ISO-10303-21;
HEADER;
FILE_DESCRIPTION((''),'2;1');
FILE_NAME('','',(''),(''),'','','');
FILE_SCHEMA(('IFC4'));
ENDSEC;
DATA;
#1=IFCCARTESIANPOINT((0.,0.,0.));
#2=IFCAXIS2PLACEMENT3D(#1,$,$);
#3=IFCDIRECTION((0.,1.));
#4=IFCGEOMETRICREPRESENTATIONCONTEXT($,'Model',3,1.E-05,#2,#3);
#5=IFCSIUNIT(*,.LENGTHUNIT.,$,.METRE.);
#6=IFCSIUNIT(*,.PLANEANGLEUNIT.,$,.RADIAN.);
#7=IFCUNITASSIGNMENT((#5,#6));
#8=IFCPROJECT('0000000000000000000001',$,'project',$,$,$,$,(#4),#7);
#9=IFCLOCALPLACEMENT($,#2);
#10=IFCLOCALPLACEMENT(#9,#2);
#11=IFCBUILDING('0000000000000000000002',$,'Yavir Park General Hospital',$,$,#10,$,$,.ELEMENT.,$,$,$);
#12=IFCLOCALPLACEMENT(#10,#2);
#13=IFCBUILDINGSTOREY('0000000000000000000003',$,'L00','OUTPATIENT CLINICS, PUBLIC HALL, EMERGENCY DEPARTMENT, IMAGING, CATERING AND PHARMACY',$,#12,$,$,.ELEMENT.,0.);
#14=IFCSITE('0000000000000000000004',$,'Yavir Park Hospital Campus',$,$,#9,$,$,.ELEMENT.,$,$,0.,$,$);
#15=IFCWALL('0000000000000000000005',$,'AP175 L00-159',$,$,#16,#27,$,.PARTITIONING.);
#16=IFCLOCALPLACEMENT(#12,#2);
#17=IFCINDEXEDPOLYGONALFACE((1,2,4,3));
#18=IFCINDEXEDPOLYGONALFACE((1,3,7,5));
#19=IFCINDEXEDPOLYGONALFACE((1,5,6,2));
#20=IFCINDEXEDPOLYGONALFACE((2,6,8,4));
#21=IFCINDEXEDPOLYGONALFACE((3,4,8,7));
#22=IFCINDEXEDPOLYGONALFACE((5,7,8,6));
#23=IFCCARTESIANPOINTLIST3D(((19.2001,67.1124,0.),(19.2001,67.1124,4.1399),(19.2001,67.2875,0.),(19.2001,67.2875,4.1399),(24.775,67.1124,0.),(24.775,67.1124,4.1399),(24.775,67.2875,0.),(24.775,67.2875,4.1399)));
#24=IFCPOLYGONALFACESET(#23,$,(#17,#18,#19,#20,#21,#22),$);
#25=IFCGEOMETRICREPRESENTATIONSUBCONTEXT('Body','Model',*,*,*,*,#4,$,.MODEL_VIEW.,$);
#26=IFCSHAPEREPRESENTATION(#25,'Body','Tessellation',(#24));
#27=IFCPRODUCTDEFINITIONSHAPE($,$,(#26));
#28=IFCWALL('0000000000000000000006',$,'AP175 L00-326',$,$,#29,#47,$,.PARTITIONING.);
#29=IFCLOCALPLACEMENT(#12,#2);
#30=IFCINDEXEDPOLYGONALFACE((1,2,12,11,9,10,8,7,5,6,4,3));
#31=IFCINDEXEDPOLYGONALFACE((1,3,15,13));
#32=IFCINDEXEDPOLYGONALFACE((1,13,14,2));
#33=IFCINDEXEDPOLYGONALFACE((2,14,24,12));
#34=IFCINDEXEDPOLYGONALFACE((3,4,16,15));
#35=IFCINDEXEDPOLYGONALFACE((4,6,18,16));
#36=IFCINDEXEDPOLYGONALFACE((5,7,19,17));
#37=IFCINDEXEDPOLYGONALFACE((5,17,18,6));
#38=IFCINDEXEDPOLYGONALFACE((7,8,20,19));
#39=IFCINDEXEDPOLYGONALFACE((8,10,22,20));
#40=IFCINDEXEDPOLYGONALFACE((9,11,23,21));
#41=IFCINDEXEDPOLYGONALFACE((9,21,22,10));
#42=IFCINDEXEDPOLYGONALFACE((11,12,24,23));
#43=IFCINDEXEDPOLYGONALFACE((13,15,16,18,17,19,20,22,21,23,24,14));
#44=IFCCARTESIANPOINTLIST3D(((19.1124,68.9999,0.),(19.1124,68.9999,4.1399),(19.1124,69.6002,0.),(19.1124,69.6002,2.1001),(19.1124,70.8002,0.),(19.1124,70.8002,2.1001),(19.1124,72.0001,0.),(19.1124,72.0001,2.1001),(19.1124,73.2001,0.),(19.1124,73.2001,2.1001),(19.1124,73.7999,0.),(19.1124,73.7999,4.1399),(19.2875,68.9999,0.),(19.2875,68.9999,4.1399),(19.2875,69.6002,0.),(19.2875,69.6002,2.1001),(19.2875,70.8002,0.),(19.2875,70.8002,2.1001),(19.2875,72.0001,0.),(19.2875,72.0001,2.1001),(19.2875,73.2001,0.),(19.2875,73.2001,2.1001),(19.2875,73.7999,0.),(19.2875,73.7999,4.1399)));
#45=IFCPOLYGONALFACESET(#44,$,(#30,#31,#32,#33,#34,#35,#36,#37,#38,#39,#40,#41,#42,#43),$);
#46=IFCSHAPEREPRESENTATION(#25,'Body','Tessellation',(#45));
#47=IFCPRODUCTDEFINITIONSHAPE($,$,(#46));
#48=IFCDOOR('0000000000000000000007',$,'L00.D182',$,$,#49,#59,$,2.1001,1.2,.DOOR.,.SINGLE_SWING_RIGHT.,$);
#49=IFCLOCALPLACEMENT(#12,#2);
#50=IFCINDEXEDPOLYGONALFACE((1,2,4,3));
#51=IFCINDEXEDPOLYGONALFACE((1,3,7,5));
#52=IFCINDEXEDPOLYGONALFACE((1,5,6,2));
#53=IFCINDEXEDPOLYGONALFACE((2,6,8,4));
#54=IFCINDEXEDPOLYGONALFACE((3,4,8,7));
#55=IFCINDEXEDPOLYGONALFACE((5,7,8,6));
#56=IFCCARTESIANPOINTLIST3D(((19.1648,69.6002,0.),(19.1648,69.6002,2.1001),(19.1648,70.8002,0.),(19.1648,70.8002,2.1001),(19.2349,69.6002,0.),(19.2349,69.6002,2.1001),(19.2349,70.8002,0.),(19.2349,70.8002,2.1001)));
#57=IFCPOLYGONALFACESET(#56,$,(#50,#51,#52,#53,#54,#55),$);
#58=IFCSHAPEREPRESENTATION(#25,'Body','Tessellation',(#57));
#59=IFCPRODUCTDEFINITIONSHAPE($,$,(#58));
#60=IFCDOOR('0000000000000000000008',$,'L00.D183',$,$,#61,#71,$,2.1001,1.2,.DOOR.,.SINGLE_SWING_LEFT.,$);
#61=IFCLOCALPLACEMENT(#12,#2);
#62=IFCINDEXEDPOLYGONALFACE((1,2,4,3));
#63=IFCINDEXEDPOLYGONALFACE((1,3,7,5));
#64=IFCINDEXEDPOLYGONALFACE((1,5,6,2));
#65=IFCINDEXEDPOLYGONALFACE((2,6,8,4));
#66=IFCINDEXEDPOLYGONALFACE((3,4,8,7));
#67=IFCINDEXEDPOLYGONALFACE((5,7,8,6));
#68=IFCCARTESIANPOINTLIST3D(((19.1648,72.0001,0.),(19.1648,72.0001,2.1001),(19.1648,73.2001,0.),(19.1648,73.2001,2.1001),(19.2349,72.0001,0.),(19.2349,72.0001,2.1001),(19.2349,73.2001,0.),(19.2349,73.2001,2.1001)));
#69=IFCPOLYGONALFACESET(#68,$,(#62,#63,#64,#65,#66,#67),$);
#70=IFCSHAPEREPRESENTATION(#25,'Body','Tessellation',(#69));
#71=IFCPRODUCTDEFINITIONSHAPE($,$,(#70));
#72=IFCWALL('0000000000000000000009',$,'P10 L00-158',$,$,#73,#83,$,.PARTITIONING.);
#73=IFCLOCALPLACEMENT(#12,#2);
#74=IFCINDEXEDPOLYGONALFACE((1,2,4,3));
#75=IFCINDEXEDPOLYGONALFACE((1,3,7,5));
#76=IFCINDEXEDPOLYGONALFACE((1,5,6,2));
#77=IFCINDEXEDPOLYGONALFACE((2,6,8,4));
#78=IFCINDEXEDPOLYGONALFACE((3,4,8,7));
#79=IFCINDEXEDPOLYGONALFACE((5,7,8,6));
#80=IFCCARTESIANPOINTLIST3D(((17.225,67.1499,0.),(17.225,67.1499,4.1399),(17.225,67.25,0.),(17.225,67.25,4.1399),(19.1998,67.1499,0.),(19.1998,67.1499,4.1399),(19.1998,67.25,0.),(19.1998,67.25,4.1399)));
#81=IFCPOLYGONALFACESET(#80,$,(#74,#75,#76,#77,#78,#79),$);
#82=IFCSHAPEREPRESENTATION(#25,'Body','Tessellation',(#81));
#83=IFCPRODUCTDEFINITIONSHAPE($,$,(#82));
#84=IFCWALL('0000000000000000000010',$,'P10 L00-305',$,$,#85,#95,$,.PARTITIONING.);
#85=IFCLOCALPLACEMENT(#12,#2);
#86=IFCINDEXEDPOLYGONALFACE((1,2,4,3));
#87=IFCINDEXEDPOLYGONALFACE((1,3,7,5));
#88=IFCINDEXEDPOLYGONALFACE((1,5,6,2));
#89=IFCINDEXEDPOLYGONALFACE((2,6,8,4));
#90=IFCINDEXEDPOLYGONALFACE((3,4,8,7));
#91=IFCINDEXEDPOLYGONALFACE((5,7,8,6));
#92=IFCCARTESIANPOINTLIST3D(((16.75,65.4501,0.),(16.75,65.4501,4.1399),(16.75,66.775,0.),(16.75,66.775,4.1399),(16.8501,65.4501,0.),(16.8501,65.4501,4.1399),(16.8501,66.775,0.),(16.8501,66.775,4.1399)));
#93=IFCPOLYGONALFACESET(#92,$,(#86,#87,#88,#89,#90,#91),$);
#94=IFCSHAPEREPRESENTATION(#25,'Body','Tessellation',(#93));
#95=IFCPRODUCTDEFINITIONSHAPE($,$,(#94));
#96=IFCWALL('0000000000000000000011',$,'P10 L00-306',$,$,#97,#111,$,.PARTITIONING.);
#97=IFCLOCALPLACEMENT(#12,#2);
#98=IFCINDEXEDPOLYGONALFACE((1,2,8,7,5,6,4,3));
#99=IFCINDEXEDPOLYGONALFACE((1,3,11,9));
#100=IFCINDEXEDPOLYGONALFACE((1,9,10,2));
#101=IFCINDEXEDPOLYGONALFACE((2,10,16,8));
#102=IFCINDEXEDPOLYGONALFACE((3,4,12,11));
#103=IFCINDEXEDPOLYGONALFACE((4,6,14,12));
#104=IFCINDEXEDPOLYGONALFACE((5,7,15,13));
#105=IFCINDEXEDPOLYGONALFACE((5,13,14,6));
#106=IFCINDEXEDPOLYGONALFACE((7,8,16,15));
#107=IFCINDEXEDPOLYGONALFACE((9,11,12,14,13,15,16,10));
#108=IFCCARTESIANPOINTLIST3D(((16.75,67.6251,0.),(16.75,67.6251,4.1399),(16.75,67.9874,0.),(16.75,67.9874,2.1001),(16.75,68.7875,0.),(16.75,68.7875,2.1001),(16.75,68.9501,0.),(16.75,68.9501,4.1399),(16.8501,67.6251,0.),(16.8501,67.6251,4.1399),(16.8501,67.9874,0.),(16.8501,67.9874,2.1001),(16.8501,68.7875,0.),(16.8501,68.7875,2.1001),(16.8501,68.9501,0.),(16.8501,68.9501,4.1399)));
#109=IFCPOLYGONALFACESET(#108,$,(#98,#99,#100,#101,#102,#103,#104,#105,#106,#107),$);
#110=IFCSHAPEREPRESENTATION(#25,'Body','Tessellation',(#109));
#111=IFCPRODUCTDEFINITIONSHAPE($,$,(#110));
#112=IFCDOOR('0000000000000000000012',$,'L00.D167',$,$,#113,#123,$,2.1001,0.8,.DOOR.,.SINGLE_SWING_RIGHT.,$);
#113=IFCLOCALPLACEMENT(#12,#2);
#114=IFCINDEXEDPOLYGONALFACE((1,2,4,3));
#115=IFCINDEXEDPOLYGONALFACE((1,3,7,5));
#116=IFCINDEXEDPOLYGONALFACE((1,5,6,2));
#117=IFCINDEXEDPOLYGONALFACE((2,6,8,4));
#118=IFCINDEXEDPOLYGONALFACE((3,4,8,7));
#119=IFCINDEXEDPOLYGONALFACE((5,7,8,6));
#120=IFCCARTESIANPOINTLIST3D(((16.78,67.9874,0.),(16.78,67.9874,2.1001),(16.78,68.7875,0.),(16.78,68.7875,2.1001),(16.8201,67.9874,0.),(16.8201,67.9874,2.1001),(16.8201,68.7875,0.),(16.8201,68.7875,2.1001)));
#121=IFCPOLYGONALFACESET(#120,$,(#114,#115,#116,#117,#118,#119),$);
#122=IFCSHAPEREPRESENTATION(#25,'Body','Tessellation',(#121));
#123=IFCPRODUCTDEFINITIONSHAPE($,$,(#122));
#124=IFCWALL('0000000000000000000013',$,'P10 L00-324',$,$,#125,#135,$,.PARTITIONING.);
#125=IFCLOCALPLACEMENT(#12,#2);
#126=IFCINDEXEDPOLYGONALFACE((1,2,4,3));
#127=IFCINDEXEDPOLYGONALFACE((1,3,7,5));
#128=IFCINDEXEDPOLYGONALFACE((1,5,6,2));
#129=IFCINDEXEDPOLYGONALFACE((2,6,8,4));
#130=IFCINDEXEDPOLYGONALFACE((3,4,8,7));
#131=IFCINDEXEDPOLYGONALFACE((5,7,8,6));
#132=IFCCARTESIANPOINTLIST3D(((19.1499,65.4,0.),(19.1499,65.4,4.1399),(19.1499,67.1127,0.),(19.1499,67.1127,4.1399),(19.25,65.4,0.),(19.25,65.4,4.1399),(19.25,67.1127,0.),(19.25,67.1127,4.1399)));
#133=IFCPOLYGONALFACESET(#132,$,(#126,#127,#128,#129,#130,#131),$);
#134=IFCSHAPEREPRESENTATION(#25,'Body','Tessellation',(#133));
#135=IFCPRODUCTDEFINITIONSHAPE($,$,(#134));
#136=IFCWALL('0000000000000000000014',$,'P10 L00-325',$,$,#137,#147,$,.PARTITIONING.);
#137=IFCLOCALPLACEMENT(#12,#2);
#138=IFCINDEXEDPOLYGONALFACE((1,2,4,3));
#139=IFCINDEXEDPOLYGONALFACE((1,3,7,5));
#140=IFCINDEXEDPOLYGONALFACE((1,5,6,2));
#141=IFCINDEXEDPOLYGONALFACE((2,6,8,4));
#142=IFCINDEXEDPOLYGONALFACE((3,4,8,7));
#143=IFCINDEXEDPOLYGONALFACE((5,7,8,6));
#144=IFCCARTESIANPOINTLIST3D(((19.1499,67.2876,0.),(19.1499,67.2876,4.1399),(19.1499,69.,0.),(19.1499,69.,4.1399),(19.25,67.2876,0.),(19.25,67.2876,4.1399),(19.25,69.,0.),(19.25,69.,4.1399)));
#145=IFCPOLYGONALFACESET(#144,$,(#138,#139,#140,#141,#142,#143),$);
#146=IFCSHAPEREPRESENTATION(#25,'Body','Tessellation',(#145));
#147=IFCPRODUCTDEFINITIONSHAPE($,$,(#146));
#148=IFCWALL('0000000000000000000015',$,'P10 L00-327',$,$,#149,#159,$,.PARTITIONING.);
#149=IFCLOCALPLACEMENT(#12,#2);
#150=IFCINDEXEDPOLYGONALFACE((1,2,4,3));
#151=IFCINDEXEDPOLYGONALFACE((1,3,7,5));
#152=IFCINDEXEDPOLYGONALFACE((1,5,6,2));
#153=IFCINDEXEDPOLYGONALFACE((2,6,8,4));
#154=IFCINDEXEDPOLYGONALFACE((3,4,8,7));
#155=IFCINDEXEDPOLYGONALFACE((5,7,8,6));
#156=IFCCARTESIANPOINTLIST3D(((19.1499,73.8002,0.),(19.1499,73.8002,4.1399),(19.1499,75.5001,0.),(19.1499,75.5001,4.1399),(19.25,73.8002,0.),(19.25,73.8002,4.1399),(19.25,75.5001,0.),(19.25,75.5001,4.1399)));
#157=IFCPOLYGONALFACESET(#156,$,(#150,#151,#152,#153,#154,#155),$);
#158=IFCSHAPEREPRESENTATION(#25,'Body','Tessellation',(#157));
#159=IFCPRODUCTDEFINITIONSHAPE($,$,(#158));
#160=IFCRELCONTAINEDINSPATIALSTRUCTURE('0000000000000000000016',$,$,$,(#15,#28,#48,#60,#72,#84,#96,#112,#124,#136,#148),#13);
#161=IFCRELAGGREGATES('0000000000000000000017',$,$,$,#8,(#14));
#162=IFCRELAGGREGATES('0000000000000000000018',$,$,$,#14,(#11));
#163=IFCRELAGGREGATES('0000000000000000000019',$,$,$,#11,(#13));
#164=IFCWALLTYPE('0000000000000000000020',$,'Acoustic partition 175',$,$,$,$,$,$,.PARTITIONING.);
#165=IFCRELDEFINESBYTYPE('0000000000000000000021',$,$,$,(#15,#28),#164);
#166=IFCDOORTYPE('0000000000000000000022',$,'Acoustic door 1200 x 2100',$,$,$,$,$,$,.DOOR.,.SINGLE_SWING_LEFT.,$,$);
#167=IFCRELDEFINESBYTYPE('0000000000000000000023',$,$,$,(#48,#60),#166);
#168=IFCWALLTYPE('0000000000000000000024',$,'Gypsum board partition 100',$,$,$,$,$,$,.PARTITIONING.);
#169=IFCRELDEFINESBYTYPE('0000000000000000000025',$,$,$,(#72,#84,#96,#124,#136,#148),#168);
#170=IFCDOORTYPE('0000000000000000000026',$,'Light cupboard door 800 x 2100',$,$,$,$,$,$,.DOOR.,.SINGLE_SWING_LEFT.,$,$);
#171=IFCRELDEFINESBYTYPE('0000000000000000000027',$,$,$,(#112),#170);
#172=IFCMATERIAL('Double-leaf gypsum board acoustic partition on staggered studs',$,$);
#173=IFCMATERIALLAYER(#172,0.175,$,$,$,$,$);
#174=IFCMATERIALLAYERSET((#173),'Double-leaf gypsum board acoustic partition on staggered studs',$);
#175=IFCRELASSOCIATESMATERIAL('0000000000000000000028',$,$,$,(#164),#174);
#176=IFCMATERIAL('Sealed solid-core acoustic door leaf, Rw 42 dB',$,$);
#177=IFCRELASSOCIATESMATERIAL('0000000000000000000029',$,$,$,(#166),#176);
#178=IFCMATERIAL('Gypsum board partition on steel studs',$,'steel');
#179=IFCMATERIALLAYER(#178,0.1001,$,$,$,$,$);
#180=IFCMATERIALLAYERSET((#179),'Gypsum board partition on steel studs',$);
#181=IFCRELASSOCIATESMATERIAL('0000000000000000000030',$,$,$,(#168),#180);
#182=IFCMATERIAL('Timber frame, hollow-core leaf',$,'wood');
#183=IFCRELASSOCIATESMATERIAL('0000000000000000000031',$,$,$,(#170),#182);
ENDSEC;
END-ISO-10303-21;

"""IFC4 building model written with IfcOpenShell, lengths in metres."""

from ifc_helpers import new_model, si_unit, direction, frame, frame_2d, origin, place, context, subcontext, project, spatial, rectangle, extrude, material, layer, layer_set, type_object, element, fill, save


model = new_model("IFC4")

# Units and contexts
model_context = context("Model", 3, precision=1e-05, world=origin(), true_north=direction((0.0, 1.0)))
body_context = subcontext(model_context, "Body", "Model", "MODEL_VIEW")
ifc_project = project(units=[si_unit("LENGTHUNIT", "METRE"), si_unit("PLANEANGLEUNIT", "RADIAN")], contexts=[model_context])

# Site, building, storey
site_placement = place(None, origin())
site = spatial("IfcSite", under=ifc_project, at=site_placement, Name="Yavir Park Hospital Campus", CompositionType="ELEMENT", RefElevation=0.0)
building_placement = place(site_placement, origin())
building = spatial("IfcBuilding", under=site, at=building_placement, Name="Yavir Park General Hospital", CompositionType="ELEMENT")
storey_placement = place(building_placement, origin())
storey = spatial("IfcBuildingStorey", under=building, at=storey_placement, Name="L00", Description="OUTPATIENT CLINICS, PUBLIC HALL, EMERGENCY DEPARTMENT, IMAGING, CATERING AND PHARMACY", CompositionType="ELEMENT", Elevation=0.0)

# Wall
ifc_material_1 = material(Name="Double-leaf gypsum board acoustic partition on staggered studs")
ifc_layer_1 = layer(ifc_material_1, 0.175)
ifc_layer_set_1 = layer_set([ifc_layer_1], Name="Double-leaf gypsum board acoustic partition on staggered studs")
wall_type_1 = type_object("IfcWallType", Name="Acoustic partition 175", PredefinedType="PARTITIONING", material=ifc_layer_set_1)
wall_1_placement = place(storey_placement, frame((19.2, 67.2, 0.0), z_axis=(0.0, 0.0, 1.0), x_axis=(1.0, 0.0, 0.0)))
element("IfcWall", 1, at=wall_1_placement, inside=storey, type_object=wall_type_1, Name="AP175 L00-159", PredefinedType="PARTITIONING", context=body_context, shape_type="SweptSolid", body=[
    extrude(rectangle(XDim=5.575, YDim=0.175, at=frame_2d((2.7876, 0.0))), origin(), (0.0, 0.0, 1.0), 4.1399),
])

# Wall, openings, doors
wall_2_placement = place(storey_placement, frame((19.2, 69.0, 0.0), z_axis=(0.0, 0.0, 1.0), x_axis=(0.0, 1.0, 0.0)))
wall_2 = element("IfcWall", 2, at=wall_2_placement, inside=storey, type_object=wall_type_1, Name="AP175 L00-326", PredefinedType="PARTITIONING", context=body_context, shape_type="SweptSolid", body=[
    extrude(rectangle(XDim=4.8, YDim=0.175, at=frame_2d((2.3999, 0.0))), origin(), (0.0, 0.0, 1.0), 4.1399),
])
opening_1_placement = place(wall_2_placement, frame((0.6001, 0.0, 0.0)))
opening_1 = element("IfcOpeningElement", 3, at=opening_1_placement, cuts=wall_2, PredefinedType="OPENING", context=body_context, shape_type="SweptSolid", body=[
    extrude(rectangle(XDim=1.2, YDim=2.1001, at=frame_2d((0.6001, 1.05))), frame((0.0, 0.0974, 0.0), z_axis=(0.0, -1.0, 0.0), x_axis=(1.0, 0.0, 0.0)), (0.0, 0.0, 1.0), 0.1951),
])
opening_2_placement = place(wall_2_placement, frame((3.0, 0.0, 0.0)))
opening_2 = element("IfcOpeningElement", 4, at=opening_2_placement, cuts=wall_2, PredefinedType="OPENING", context=body_context, shape_type="SweptSolid", body=[
    extrude(rectangle(XDim=1.2, YDim=2.1001, at=frame_2d((0.6001, 1.05))), frame((0.0, 0.0974, 0.0), z_axis=(0.0, -1.0, 0.0), x_axis=(1.0, 0.0, 0.0)), (0.0, 0.0, 1.0), 0.1951),
])
ifc_material_2 = material(Name="Sealed solid-core acoustic door leaf, Rw 42 dB")
door_type_1 = type_object("IfcDoorType", Name="Acoustic door 1200 x 2100", OperationType="SINGLE_SWING_LEFT", PredefinedType="DOOR", material=ifc_material_2)
door_1_placement = place(opening_1_placement, origin())
door_1 = element("IfcDoor", 5, at=door_1_placement, inside=storey, type_object=door_type_1, Name="L00.D182", OperationType="SINGLE_SWING_RIGHT", OverallHeight=2.1001, OverallWidth=1.2, PredefinedType="DOOR", context=body_context, shape_type="SweptSolid", body=[
    extrude(rectangle(XDim=1.2, YDim=2.1001, at=frame_2d((0.6001, 1.05))), frame((0.0, 0.0352, 0.0), z_axis=(0.0, -1.0, 0.0), x_axis=(1.0, 0.0, 0.0)), (0.0, 0.0, 1.0), 0.0701),
])
fill(opening_1, door_1)
door_2_placement = place(opening_2_placement, origin())
door_2 = element("IfcDoor", 6, at=door_2_placement, inside=storey, type_object=door_type_1, Name="L00.D183", OperationType="SINGLE_SWING_LEFT", OverallHeight=2.1001, OverallWidth=1.2, PredefinedType="DOOR", context=body_context, shape_type="SweptSolid", body=[
    extrude(rectangle(XDim=1.2, YDim=2.1001, at=frame_2d((0.6001, 1.05))), frame((0.0, 0.0352, 0.0), z_axis=(0.0, -1.0, 0.0), x_axis=(1.0, 0.0, 0.0)), (0.0, 0.0, 1.0), 0.0701),
])
fill(opening_2, door_2)

# Walls
ifc_material_3 = material(Name="Gypsum board partition on steel studs", Category="steel")
ifc_layer_2 = layer(ifc_material_3, 0.1001)
ifc_layer_set_2 = layer_set([ifc_layer_2], Name="Gypsum board partition on steel studs")
wall_type_2 = type_object("IfcWallType", Name="Gypsum board partition 100", PredefinedType="PARTITIONING", material=ifc_layer_set_2)
wall_3_placement = place(storey_placement, frame((17.2251, 67.2, 0.0), z_axis=(0.0, 0.0, 1.0), x_axis=(1.0, 0.0, 0.0)))
element("IfcWall", 7, at=wall_3_placement, inside=storey, type_object=wall_type_2, Name="P10 L00-158", PredefinedType="PARTITIONING", context=body_context, shape_type="SweptSolid", body=[
    extrude(rectangle(XDim=1.9749, YDim=0.1001, at=frame_2d((0.9873, 0.0))), origin(), (0.0, 0.0, 1.0), 4.1399),
])
wall_4_placement = place(storey_placement, frame((16.8, 65.45, 0.0), z_axis=(0.0, 0.0, 1.0), x_axis=(0.0, 1.0, 0.0)))
element("IfcWall", 8, at=wall_4_placement, inside=storey, type_object=wall_type_2, Name="P10 L00-305", PredefinedType="PARTITIONING", context=body_context, shape_type="SweptSolid", body=[
    extrude(rectangle(XDim=1.325, YDim=0.1001, at=frame_2d((0.6626, 0.0))), origin(), (0.0, 0.0, 1.0), 4.1399),
])

# Wall, opening, door
wall_5_placement = place(storey_placement, frame((16.8, 67.625, 0.0), z_axis=(0.0, 0.0, 1.0), x_axis=(0.0, 1.0, 0.0)))
wall_5 = element("IfcWall", 9, at=wall_5_placement, inside=storey, type_object=wall_type_2, Name="P10 L00-306", PredefinedType="PARTITIONING", context=body_context, shape_type="SweptSolid", body=[
    extrude(rectangle(XDim=1.325, YDim=0.1001, at=frame_2d((0.6626, 0.0))), origin(), (0.0, 0.0, 1.0), 4.1399),
])
opening_3_placement = place(wall_5_placement, frame((0.3625, 0.0, 0.0)))
opening_3 = element("IfcOpeningElement", 10, at=opening_3_placement, cuts=wall_5, PredefinedType="OPENING", context=body_context, shape_type="SweptSolid", body=[
    extrude(rectangle(XDim=0.8, YDim=2.1001, at=frame_2d((0.3999, 1.05))), frame((0.0, 0.0601, 0.0), z_axis=(0.0, -1.0, 0.0), x_axis=(1.0, 0.0, 0.0)), (0.0, 0.0, 1.0), 0.1201),
])
ifc_material_4 = material(Name="Timber frame, hollow-core leaf", Category="wood")
door_type_2 = type_object("IfcDoorType", Name="Light cupboard door 800 x 2100", OperationType="SINGLE_SWING_LEFT", PredefinedType="DOOR", material=ifc_material_4)
door_3_placement = place(opening_3_placement, origin())
door_3 = element("IfcDoor", 11, at=door_3_placement, inside=storey, type_object=door_type_2, Name="L00.D167", OperationType="SINGLE_SWING_RIGHT", OverallHeight=2.1001, OverallWidth=0.8, PredefinedType="DOOR", context=body_context, shape_type="SweptSolid", body=[
    extrude(rectangle(XDim=0.8, YDim=2.1001, at=frame_2d((0.3999, 1.05))), frame((0.0, 0.02, 0.0), z_axis=(0.0, -1.0, 0.0), x_axis=(1.0, 0.0, 0.0)), (0.0, 0.0, 1.0), 0.04),
])
fill(opening_3, door_3)

# Walls
wall_6_placement = place(storey_placement, frame((19.2, 65.3999, 0.0), z_axis=(0.0, 0.0, 1.0), x_axis=(0.0, 1.0, 0.0)))
element("IfcWall", 12, at=wall_6_placement, inside=storey, type_object=wall_type_2, Name="P10 L00-324", PredefinedType="PARTITIONING", context=body_context, shape_type="SweptSolid", body=[
    extrude(rectangle(XDim=1.7126, YDim=0.1001, at=frame_2d((0.8564, 0.0))), origin(), (0.0, 0.0, 1.0), 4.1399),
])
wall_7_placement = place(storey_placement, frame((19.2, 67.2876, 0.0), z_axis=(0.0, 0.0, 1.0), x_axis=(0.0, 1.0, 0.0)))
element("IfcWall", 13, at=wall_7_placement, inside=storey, type_object=wall_type_2, Name="P10 L00-325", PredefinedType="PARTITIONING", context=body_context, shape_type="SweptSolid", body=[
    extrude(rectangle(XDim=1.7124, YDim=0.1001, at=frame_2d((0.8562, 0.0))), origin(), (0.0, 0.0, 1.0), 4.1399),
])
wall_8_placement = place(storey_placement, frame((19.2, 73.8, 0.0), z_axis=(0.0, 0.0, 1.0), x_axis=(0.0, 1.0, 0.0)))
element("IfcWall", 14, at=wall_8_placement, inside=storey, type_object=wall_type_2, Name="P10 L00-327", PredefinedType="PARTITIONING", context=body_context, shape_type="SweptSolid", body=[
    extrude(rectangle(XDim=1.7, YDim=0.1001, at=frame_2d((0.8501, 0.0))), origin(), (0.0, 0.0, 1.0), 4.1399),
])

save(model, "model.ifc")
